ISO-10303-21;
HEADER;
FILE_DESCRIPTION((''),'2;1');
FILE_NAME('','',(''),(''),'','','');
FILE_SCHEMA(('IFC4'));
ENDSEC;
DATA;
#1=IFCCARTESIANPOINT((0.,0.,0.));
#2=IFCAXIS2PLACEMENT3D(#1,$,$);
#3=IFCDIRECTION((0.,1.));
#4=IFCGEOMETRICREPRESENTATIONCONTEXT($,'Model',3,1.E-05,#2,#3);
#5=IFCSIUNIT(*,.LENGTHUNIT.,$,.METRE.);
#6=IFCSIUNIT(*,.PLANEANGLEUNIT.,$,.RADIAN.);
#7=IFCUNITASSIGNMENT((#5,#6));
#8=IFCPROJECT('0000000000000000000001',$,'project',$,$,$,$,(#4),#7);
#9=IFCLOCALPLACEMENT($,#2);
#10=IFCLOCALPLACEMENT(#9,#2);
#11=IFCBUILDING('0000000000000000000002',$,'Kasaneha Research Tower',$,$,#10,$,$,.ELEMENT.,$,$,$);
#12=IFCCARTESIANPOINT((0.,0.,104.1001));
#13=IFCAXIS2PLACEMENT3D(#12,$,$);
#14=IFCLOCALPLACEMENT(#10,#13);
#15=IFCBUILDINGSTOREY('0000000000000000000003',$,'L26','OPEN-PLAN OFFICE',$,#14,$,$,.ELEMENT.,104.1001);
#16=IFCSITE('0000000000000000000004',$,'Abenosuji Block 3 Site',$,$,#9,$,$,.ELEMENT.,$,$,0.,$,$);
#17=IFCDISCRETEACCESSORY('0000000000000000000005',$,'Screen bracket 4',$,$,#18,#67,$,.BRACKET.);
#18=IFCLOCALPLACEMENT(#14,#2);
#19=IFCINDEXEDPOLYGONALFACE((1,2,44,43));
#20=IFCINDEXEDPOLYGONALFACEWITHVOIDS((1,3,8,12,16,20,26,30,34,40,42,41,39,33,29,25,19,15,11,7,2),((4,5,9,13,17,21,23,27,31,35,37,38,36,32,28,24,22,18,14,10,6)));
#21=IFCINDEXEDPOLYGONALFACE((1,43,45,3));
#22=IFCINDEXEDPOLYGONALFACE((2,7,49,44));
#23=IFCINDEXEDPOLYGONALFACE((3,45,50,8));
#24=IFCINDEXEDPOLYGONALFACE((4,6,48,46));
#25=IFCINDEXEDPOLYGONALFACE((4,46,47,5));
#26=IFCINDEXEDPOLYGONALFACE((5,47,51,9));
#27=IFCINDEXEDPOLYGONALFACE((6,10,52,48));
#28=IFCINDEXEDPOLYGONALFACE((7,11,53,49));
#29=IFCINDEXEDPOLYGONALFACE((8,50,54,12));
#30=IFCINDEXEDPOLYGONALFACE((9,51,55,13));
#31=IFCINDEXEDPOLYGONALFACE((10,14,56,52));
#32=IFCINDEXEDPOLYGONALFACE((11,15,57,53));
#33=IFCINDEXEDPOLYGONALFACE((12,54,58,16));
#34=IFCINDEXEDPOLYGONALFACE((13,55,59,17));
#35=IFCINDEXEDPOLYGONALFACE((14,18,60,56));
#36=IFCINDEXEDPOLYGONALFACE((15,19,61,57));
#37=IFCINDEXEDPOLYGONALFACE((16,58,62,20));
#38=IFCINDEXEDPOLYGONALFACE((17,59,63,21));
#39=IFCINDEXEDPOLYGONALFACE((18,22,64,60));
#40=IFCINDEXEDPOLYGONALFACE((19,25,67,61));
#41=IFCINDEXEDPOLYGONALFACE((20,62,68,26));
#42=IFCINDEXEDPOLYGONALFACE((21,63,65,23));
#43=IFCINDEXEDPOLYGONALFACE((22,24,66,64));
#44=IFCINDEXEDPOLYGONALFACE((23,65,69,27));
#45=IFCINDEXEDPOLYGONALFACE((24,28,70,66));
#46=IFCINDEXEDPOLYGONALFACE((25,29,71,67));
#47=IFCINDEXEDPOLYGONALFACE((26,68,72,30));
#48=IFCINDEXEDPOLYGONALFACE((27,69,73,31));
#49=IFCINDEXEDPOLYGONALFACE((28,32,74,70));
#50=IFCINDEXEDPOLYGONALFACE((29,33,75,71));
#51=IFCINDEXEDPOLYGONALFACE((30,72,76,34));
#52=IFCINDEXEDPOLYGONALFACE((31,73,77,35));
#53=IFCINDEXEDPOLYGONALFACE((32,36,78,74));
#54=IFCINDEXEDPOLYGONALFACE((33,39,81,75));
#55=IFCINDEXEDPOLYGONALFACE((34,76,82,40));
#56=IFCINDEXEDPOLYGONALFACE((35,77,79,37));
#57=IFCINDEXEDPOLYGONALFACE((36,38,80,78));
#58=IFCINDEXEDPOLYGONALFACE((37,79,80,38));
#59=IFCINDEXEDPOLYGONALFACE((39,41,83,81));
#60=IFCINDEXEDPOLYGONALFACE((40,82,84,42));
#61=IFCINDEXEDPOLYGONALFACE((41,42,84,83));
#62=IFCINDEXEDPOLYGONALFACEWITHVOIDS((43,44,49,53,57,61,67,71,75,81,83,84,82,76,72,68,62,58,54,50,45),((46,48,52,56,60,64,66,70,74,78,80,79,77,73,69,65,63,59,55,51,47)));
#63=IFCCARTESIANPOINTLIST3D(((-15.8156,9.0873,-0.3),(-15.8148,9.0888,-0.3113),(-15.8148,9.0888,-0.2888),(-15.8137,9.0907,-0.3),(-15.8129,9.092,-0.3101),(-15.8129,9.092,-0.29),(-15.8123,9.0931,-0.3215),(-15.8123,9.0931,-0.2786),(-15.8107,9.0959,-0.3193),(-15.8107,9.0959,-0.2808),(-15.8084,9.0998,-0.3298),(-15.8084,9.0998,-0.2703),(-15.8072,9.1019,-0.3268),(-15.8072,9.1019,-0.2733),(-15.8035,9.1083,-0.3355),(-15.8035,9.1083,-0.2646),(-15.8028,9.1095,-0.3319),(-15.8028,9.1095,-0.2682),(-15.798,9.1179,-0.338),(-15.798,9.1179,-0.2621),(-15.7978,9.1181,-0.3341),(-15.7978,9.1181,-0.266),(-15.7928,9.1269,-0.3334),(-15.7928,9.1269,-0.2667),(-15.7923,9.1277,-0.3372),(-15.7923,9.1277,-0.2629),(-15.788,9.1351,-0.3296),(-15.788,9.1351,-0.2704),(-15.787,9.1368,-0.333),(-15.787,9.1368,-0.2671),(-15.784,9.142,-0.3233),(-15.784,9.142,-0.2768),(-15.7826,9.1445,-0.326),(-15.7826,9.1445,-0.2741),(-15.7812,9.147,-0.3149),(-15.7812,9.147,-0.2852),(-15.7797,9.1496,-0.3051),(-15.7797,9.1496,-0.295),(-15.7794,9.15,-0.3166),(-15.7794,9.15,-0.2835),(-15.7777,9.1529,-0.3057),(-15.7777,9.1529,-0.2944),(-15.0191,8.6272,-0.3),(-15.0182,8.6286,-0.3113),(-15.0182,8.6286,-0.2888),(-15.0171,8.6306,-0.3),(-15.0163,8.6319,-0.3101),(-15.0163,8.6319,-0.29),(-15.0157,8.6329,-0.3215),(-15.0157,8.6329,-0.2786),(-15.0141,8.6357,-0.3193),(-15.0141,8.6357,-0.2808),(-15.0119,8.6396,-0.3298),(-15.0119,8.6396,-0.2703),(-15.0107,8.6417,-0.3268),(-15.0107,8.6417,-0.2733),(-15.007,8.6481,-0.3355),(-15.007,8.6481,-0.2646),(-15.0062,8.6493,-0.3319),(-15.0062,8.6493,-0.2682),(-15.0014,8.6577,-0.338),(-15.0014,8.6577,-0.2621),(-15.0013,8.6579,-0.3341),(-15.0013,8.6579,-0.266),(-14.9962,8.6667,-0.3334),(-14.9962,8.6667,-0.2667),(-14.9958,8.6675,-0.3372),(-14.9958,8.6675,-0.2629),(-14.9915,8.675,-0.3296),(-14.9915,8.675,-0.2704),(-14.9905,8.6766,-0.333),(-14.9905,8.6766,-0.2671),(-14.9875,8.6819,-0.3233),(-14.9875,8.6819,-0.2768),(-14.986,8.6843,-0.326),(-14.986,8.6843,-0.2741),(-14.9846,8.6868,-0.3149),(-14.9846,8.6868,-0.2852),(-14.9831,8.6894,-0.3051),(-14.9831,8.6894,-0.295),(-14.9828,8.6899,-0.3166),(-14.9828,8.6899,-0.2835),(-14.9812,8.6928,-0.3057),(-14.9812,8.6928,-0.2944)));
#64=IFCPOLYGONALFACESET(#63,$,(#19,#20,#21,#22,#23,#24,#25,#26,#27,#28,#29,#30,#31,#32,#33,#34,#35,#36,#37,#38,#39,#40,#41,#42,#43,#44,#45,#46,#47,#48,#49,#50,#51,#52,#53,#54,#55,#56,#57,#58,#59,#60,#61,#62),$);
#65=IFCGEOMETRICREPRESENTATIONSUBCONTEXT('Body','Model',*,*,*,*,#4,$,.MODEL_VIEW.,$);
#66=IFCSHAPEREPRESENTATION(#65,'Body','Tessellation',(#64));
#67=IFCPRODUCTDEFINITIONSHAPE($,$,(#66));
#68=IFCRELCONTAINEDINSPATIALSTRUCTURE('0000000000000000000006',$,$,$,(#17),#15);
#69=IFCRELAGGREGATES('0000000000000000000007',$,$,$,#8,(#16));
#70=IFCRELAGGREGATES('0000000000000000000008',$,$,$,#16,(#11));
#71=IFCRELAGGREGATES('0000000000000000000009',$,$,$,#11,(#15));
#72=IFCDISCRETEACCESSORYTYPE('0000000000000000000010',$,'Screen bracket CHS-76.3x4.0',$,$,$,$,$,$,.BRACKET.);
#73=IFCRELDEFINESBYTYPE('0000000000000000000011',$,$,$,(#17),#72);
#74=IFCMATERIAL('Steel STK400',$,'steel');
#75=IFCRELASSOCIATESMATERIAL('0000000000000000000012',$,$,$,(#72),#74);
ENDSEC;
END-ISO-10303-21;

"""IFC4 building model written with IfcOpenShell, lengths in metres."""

from ifc_helpers import new_model, si_unit, direction, frame, origin, origin_2d, place, context, subcontext, project, spatial, hollow_circle, extrude, material, material_profile, profile_set, type_object, element, save


model = new_model("IFC4")

# Units and contexts
model_context = context("Model", 3, precision=1e-05, world=origin(), true_north=direction((0.0, 1.0)))
body_context = subcontext(model_context, "Body", "Model", "MODEL_VIEW")
ifc_project = project(units=[si_unit("LENGTHUNIT", "METRE"), si_unit("PLANEANGLEUNIT", "RADIAN")], contexts=[model_context])

# Site, building, storey
site_placement = place(None, origin())
site = spatial("IfcSite", under=ifc_project, at=site_placement, Name="Abenosuji Block 3 Site", CompositionType="ELEMENT", RefElevation=0.0)
building_placement = place(site_placement, origin())
building = spatial("IfcBuilding", under=site, at=building_placement, Name="Kasaneha Research Tower", CompositionType="ELEMENT")
storey_placement = place(building_placement, frame((0.0, 0.0, 104.1001)))
storey = spatial("IfcBuildingStorey", under=building, at=storey_placement, Name="L26", Description="OPEN-PLAN OFFICE", CompositionType="ELEMENT", Elevation=104.1001)

# Discrete accessory
ifc_material_1 = material(Name="Steel STK400", Category="steel")
ifc_material_profile_1 = material_profile(ifc_material_1, hollow_circle(Radius=0.0381, WallThickness=0.0039, at=origin_2d()), Name="CHS-76.3x4.0")
ifc_profile_set_1 = profile_set([ifc_material_profile_1], Name="Steel STK400")
discrete_accessory_type = type_object("IfcDiscreteAccessoryType", Name="Screen bracket CHS-76.3x4.0", PredefinedType="BRACKET", material=ifc_profile_set_1)
for number, where, z_axis, x_axis, name in (
    (1, (-15.0, 8.6602, -0.3), (-0.865898, 0.50022, 0.0), (-0.50022, -0.865898, 0.0), "Screen bracket 4"),
):
    element("IfcDiscreteAccessory", number, at=place(storey_placement, frame(where, z_axis=z_axis, x_axis=x_axis)), inside=storey, type_object=discrete_accessory_type, Name=name, PredefinedType="BRACKET", context=body_context, shape_type="SweptSolid", body=[
        extrude(hollow_circle(Radius=0.0381, WallThickness=0.0039, at=origin_2d()), origin(), (0.0, 0.0, 1.0), 0.9199),
    ])

save(model, "model.ifc")
